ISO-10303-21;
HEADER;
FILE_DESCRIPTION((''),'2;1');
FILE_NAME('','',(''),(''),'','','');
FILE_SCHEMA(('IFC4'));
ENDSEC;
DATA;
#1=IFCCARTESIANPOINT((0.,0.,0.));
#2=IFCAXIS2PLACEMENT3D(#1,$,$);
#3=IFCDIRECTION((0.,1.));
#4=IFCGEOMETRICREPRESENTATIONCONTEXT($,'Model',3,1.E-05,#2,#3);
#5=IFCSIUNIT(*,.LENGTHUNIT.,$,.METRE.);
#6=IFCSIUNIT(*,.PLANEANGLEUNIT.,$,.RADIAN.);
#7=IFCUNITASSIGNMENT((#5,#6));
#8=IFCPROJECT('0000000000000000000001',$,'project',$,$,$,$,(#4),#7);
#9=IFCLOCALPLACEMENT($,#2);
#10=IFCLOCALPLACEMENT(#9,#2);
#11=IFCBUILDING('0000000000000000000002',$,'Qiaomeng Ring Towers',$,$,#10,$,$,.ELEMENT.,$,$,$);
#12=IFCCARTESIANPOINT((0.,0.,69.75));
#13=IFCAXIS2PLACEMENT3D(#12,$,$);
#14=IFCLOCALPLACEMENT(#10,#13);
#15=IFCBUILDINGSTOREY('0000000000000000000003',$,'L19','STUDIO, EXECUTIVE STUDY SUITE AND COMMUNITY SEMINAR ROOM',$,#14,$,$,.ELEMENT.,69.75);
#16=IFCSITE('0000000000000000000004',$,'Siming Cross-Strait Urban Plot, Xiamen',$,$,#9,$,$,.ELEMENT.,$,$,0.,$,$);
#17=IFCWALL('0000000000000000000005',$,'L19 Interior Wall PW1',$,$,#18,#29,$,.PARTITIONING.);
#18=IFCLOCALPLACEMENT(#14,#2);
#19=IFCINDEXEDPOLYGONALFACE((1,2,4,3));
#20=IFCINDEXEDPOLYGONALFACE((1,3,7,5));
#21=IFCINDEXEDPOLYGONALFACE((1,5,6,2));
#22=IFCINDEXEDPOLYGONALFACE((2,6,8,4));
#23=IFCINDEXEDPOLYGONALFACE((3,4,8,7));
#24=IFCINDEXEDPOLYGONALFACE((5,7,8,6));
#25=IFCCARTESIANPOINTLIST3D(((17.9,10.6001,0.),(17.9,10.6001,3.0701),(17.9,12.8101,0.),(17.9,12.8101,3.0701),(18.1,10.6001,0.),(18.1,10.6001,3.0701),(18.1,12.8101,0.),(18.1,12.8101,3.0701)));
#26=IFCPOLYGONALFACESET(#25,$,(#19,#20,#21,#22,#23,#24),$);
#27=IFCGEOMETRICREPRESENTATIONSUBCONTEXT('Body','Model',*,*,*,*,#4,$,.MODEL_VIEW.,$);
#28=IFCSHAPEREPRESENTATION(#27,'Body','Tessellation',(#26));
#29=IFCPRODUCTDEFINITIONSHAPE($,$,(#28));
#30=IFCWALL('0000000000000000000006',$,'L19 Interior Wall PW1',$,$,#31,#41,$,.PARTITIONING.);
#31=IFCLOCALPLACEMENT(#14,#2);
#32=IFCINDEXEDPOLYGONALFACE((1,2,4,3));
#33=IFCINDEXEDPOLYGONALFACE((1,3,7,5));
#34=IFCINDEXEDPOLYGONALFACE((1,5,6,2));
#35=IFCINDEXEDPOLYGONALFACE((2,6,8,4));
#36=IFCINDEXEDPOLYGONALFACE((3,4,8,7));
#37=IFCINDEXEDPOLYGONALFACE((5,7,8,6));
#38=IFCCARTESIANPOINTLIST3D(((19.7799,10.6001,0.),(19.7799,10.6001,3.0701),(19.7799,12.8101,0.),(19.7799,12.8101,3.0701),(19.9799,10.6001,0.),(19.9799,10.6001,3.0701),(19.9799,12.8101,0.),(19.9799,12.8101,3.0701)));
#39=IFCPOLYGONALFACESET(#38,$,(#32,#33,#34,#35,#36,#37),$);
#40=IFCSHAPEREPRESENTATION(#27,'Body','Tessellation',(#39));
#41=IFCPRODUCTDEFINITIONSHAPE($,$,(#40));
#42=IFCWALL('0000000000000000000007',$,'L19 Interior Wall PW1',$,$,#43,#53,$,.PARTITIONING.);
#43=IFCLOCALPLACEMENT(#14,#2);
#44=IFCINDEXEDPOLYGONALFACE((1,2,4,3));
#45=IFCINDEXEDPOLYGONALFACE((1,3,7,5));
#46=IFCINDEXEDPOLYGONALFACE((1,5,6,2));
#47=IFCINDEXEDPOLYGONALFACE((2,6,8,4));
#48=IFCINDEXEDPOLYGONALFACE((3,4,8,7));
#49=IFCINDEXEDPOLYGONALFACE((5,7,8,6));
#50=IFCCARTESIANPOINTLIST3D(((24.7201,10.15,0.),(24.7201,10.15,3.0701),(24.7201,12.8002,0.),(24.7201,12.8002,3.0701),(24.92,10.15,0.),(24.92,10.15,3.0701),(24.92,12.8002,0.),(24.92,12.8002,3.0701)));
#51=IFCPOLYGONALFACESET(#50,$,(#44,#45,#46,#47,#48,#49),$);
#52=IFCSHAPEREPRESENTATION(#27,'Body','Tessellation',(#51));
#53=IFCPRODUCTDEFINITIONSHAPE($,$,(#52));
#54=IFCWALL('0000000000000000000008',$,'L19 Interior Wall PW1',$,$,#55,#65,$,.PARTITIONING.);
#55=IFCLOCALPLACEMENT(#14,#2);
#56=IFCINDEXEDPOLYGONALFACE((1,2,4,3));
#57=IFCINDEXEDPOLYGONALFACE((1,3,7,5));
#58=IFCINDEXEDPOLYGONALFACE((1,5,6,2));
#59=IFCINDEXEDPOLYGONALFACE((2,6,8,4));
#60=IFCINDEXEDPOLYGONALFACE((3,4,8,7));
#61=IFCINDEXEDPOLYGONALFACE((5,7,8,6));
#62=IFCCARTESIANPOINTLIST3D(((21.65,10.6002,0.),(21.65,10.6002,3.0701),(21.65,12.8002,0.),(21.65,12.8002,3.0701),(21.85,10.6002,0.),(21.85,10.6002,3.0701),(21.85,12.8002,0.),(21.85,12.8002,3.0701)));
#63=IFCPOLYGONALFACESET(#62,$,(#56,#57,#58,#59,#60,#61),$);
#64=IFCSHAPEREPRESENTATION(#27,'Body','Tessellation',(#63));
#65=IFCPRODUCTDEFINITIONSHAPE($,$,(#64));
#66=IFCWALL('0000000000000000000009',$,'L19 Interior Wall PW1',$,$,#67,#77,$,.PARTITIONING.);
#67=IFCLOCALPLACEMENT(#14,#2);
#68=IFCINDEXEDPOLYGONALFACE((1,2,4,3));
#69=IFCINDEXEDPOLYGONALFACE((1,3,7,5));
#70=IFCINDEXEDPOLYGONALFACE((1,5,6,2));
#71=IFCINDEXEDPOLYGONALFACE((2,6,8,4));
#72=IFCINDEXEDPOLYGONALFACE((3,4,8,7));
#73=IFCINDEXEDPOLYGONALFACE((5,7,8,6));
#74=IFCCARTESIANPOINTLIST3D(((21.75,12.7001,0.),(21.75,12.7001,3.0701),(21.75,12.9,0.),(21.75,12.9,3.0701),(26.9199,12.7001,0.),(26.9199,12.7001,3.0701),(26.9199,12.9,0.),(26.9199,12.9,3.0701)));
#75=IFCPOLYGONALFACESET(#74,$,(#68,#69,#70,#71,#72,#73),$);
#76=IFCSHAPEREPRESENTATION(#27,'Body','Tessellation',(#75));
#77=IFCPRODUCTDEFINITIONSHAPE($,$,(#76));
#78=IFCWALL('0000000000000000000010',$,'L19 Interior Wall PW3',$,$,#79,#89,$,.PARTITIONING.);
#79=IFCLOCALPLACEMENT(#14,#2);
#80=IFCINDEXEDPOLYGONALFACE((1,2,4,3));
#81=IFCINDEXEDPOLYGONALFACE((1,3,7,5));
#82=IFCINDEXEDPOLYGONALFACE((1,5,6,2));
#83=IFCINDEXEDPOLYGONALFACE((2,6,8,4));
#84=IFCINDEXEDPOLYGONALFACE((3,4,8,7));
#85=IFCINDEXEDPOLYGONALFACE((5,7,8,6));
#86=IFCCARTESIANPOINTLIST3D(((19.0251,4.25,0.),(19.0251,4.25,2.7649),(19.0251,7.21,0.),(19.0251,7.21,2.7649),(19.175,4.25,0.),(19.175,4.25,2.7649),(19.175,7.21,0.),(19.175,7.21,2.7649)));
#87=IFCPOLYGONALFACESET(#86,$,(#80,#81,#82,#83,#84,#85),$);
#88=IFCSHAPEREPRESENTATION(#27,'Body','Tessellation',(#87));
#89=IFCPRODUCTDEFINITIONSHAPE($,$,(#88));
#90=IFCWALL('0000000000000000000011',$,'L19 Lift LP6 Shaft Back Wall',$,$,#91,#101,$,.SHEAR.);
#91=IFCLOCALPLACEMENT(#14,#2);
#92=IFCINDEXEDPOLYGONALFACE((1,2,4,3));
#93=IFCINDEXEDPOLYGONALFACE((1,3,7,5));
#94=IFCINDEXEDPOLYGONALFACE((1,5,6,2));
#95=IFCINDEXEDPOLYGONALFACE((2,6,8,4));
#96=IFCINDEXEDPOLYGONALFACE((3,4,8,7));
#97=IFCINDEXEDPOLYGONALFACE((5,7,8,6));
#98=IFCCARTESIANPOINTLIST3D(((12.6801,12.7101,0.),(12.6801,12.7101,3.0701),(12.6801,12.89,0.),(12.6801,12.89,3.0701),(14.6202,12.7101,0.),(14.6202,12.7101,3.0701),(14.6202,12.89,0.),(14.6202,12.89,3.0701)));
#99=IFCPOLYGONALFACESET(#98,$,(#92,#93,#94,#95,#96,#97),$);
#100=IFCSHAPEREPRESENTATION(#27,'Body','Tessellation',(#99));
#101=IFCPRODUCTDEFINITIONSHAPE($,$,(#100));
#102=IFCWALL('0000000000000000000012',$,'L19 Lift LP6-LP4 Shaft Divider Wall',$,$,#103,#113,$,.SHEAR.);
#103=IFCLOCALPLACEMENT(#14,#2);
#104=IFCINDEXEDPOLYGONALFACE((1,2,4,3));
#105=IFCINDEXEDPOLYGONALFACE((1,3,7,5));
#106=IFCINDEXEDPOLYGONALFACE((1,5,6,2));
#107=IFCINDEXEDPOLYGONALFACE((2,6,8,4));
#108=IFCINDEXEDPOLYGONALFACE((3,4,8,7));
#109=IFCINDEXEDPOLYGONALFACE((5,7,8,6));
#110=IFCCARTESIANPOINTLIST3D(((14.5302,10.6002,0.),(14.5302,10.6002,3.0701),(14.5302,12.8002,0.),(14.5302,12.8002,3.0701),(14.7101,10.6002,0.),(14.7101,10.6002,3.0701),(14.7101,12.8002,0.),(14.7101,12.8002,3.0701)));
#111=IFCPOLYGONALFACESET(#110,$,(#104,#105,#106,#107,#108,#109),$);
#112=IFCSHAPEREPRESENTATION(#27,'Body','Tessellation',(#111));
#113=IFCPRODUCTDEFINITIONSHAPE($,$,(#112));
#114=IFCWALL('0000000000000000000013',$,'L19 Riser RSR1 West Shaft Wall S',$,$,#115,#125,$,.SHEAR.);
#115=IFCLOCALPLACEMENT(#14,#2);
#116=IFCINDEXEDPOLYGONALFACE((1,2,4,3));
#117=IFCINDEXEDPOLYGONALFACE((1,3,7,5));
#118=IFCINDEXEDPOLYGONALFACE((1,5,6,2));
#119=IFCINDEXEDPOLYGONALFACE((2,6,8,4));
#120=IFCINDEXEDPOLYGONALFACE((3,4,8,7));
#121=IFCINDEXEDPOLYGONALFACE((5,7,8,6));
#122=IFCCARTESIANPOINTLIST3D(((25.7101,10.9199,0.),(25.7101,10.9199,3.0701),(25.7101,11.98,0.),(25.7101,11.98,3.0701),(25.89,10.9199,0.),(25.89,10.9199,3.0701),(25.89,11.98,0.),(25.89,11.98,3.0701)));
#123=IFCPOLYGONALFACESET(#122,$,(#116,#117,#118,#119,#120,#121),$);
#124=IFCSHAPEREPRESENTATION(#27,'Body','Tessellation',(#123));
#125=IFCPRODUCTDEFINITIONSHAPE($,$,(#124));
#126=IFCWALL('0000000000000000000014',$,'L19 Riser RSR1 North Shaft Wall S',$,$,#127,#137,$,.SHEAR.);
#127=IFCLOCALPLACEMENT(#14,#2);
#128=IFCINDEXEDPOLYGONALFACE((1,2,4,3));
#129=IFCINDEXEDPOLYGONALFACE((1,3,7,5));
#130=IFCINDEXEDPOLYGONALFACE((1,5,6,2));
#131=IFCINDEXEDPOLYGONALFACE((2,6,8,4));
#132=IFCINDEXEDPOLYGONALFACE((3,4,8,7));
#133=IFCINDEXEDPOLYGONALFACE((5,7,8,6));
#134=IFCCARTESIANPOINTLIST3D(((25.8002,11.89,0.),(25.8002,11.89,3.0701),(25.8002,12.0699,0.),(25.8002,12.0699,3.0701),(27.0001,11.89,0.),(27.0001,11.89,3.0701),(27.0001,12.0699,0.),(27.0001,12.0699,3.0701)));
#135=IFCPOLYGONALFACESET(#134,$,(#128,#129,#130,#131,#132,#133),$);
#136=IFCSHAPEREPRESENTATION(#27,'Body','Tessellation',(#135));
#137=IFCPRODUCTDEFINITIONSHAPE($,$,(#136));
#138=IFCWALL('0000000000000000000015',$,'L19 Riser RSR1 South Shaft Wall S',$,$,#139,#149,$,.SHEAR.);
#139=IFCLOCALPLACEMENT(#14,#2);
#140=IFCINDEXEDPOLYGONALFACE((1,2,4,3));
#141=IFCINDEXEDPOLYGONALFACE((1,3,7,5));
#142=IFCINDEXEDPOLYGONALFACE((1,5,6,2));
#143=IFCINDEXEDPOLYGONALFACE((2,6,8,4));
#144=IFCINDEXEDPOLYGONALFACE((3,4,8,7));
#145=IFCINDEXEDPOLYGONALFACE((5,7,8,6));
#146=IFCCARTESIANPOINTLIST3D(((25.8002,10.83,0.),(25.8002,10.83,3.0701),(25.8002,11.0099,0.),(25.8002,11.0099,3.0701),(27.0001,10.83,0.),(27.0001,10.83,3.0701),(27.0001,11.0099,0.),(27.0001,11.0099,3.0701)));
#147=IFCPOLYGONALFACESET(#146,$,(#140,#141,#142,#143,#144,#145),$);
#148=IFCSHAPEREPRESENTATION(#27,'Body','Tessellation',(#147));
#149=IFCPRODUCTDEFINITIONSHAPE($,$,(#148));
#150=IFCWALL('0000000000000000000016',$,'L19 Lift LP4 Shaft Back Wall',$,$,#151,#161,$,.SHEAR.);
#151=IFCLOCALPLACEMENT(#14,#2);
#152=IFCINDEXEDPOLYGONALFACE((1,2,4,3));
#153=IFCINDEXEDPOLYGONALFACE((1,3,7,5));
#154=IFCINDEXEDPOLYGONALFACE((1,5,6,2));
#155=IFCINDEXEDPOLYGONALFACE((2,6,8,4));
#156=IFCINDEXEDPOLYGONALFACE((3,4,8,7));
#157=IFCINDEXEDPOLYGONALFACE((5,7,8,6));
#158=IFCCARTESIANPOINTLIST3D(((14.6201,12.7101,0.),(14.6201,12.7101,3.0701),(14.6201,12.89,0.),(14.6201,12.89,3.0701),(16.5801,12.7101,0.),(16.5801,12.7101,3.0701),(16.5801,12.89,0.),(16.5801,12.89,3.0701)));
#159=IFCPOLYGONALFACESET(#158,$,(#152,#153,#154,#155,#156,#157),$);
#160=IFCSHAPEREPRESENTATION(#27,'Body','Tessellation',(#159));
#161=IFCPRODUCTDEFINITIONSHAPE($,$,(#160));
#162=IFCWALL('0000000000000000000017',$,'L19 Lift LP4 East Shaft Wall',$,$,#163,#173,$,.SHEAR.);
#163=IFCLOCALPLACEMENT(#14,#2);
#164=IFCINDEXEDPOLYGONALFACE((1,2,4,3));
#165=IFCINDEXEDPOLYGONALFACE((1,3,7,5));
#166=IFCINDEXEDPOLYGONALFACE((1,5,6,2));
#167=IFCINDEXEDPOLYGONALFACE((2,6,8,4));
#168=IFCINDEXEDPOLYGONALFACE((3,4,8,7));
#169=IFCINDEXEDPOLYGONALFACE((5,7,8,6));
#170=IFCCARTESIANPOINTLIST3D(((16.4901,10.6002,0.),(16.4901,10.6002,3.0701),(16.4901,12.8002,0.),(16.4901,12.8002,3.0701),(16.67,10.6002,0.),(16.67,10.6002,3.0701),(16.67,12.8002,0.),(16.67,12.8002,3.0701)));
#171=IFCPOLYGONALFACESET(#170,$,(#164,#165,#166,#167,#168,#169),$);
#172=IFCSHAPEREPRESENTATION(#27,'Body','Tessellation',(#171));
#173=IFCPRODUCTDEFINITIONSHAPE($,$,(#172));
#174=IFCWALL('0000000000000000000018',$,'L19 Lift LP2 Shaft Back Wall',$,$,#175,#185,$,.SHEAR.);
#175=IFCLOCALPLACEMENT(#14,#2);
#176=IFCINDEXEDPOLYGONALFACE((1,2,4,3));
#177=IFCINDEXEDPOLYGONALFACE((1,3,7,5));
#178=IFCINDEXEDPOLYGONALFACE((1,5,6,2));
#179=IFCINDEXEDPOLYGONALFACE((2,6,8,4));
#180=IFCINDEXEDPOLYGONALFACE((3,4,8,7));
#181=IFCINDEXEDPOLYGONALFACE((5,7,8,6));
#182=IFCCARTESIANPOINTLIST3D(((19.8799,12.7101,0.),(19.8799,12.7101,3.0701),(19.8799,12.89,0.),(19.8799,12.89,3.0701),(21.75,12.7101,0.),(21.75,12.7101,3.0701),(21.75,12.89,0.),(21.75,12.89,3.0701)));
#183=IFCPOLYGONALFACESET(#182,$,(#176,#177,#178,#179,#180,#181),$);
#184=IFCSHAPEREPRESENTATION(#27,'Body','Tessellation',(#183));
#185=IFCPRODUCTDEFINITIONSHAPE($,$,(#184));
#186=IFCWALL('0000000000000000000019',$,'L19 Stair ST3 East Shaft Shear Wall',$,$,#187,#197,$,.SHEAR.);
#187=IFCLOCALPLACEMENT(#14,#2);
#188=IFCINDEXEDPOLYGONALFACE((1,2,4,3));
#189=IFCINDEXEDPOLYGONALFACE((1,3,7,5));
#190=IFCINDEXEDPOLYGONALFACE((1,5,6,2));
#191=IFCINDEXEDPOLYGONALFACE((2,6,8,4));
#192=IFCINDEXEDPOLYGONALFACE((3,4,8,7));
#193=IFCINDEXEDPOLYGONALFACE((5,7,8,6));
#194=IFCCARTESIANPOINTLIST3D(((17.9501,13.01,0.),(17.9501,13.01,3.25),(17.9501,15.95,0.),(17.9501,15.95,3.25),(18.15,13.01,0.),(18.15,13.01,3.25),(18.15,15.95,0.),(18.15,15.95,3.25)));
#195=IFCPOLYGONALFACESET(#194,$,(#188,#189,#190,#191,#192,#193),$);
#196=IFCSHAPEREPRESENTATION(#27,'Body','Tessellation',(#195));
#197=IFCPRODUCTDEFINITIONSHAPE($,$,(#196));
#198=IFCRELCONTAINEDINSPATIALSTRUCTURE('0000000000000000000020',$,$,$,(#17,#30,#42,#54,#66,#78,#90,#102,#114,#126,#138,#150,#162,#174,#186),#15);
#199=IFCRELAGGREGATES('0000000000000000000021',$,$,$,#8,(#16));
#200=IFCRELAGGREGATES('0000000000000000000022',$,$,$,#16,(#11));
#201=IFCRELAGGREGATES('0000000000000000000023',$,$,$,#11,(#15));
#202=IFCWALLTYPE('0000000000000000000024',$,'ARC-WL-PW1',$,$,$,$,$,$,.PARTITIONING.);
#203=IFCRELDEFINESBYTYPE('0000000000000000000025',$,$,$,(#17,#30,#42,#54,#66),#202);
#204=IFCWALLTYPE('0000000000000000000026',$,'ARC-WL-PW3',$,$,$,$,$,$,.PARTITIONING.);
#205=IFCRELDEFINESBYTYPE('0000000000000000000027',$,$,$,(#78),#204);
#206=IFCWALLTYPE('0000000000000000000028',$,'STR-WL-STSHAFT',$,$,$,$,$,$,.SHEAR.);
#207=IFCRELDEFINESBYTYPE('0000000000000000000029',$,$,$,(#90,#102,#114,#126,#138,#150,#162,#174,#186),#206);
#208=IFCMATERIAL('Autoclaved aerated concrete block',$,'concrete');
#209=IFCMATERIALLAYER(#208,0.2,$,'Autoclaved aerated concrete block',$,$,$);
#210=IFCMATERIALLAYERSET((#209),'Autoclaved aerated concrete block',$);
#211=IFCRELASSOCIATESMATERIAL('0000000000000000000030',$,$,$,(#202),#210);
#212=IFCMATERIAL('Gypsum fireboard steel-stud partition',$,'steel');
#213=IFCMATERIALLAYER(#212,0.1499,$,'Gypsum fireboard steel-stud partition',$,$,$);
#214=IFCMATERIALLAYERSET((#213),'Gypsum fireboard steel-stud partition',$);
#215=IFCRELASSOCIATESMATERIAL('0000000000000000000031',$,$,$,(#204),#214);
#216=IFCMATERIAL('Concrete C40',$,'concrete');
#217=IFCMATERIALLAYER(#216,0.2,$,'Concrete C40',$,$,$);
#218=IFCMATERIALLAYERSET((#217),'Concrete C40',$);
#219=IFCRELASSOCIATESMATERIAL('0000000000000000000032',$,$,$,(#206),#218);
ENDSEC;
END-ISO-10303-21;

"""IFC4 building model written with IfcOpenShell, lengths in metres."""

from ifc_helpers import new_model, si_unit, direction, frame, frame_2d, origin, place, context, subcontext, project, spatial, rectangle, extrude, material, layer, layer_set, type_object, element, save


model = new_model("IFC4")

# Units and contexts
model_context = context("Model", 3, precision=1e-05, world=origin(), true_north=direction((0.0, 1.0)))
body_context = subcontext(model_context, "Body", "Model", "MODEL_VIEW")
ifc_project = project(units=[si_unit("LENGTHUNIT", "METRE"), si_unit("PLANEANGLEUNIT", "RADIAN")], contexts=[model_context])

# Site, building, storey
site_placement = place(None, origin())
site = spatial("IfcSite", under=ifc_project, at=site_placement, Name="Siming Cross-Strait Urban Plot, Xiamen", CompositionType="ELEMENT", RefElevation=0.0)
building_placement = place(site_placement, origin())
building = spatial("IfcBuilding", under=site, at=building_placement, Name="Qiaomeng Ring Towers", CompositionType="ELEMENT")
storey_placement = place(building_placement, frame((0.0, 0.0, 69.75)))
storey = spatial("IfcBuildingStorey", under=building, at=storey_placement, Name="L19", Description="STUDIO, EXECUTIVE STUDY SUITE AND COMMUNITY SEMINAR ROOM", CompositionType="ELEMENT", Elevation=69.75)

# Walls
ifc_material_1 = material(Name="Autoclaved aerated concrete block", Category="concrete")
ifc_layer_1 = layer(ifc_material_1, 0.2, Name="Autoclaved aerated concrete block")
ifc_layer_set_1 = layer_set([ifc_layer_1], Name="Autoclaved aerated concrete block")
wall_type_1 = type_object("IfcWallType", Name="ARC-WL-PW1", PredefinedType="PARTITIONING", material=ifc_layer_set_1)
for number, where, z_axis, x_axis, name in (
    (1, (18.0, 10.6001, 0.0), (0.0, 0.0, 1.0), (0.0, 1.0, 0.0), "L19 Interior Wall PW1"),
    (2, (19.8799, 10.6001, 0.0), (0.0, 0.0, 1.0), (0.0, 1.0, 0.0), "L19 Interior Wall PW1"),
):
    element("IfcWall", number, at=place(storey_placement, frame(where, z_axis=z_axis, x_axis=x_axis)), inside=storey, type_object=wall_type_1, Name=name, PredefinedType="PARTITIONING", context=body_context, shape_type="SweptSolid", body=[
        extrude(rectangle(XDim=2.21, YDim=0.2, at=frame_2d((1.105, 0.0))), origin(), (0.0, 0.0, 1.0), 3.0701),
    ])
wall_1_placement = place(storey_placement, frame((24.8201, 10.1499, 0.0), z_axis=(0.0, 0.0, 1.0), x_axis=(0.0, 1.0, 0.0)))
element("IfcWall", 3, at=wall_1_placement, inside=storey, type_object=wall_type_1, Name="L19 Interior Wall PW1", PredefinedType="PARTITIONING", context=body_context, shape_type="SweptSolid", body=[
    extrude(rectangle(XDim=2.6501, YDim=0.2, at=frame_2d((1.3252, 0.0))), origin(), (0.0, 0.0, 1.0), 3.0701),
])
wall_2_placement = place(storey_placement, frame((21.75, 10.6001, 0.0), z_axis=(0.0, 0.0, 1.0), x_axis=(0.0, 1.0, 0.0)))
element("IfcWall", 4, at=wall_2_placement, inside=storey, type_object=wall_type_1, Name="L19 Interior Wall PW1", PredefinedType="PARTITIONING", context=body_context, shape_type="SweptSolid", body=[
    extrude(rectangle(XDim=2.2, YDim=0.2, at=frame_2d((1.1001, 0.0))), origin(), (0.0, 0.0, 1.0), 3.0701),
])
wall_3_placement = place(storey_placement, frame((21.75, 12.8, 0.0), z_axis=(0.0, 0.0, 1.0), x_axis=(1.0, 0.0, 0.0)))
element("IfcWall", 5, at=wall_3_placement, inside=storey, type_object=wall_type_1, Name="L19 Interior Wall PW1", PredefinedType="PARTITIONING", context=body_context, shape_type="SweptSolid", body=[
    extrude(rectangle(XDim=5.1699, YDim=0.2, at=frame_2d((2.585, 0.0))), origin(), (0.0, 0.0, 1.0), 3.0701),
])
ifc_material_2 = material(Name="Gypsum fireboard steel-stud partition", Category="steel")
ifc_layer_2 = layer(ifc_material_2, 0.1499, Name="Gypsum fireboard steel-stud partition")
ifc_layer_set_2 = layer_set([ifc_layer_2], Name="Gypsum fireboard steel-stud partition")
wall_type_2 = type_object("IfcWallType", Name="ARC-WL-PW3", PredefinedType="PARTITIONING", material=ifc_layer_set_2)
wall_4_placement = place(storey_placement, frame((19.1001, 4.25, 0.0), z_axis=(0.0, 0.0, 1.0), x_axis=(0.0, 1.0, 0.0)))
element("IfcWall", 6, at=wall_4_placement, inside=storey, type_object=wall_type_2, Name="L19 Interior Wall PW3", PredefinedType="PARTITIONING", context=body_context, shape_type="SweptSolid", body=[
    extrude(rectangle(XDim=2.96, YDim=0.1499, at=frame_2d((1.48, 0.0))), origin(), (0.0, 0.0, 1.0), 2.7649),
])
ifc_material_3 = material(Name="Concrete C40", Category="concrete")
ifc_layer_3 = layer(ifc_material_3, 0.2, Name="Concrete C40")
ifc_layer_set_3 = layer_set([ifc_layer_3], Name="Concrete C40")
wall_type_3 = type_object("IfcWallType", Name="STR-WL-STSHAFT", PredefinedType="SHEAR", material=ifc_layer_set_3)
wall_5_placement = place(storey_placement, frame((12.6799, 12.8, 0.0), z_axis=(0.0, 0.0, 1.0), x_axis=(1.0, 0.0, 0.0)))
element("IfcWall", 7, at=wall_5_placement, inside=storey, type_object=wall_type_3, Name="L19 Lift LP6 Shaft Back Wall", PredefinedType="SHEAR", context=body_context, shape_type="SweptSolid", body=[
    extrude(rectangle(XDim=1.9402, YDim=0.1799, at=frame_2d((0.9702, 0.0))), origin(), (0.0, 0.0, 1.0), 3.0701),
])
wall_6_placement = place(storey_placement, frame((14.6201, 10.6001, 0.0), z_axis=(0.0, 0.0, 1.0), x_axis=(0.0, 1.0, 0.0)))
element("IfcWall", 8, at=wall_6_placement, inside=storey, type_object=wall_type_3, Name="L19 Lift LP6-LP4 Shaft Divider Wall", PredefinedType="SHEAR", context=body_context, shape_type="SweptSolid", body=[
    extrude(rectangle(XDim=2.2, YDim=0.1799, at=frame_2d((1.1001, 0.0))), origin(), (0.0, 0.0, 1.0), 3.0701),
])
wall_7_placement = place(storey_placement, frame((25.8, 10.9199, 0.0), z_axis=(0.0, 0.0, 1.0), x_axis=(0.0, 1.0, 0.0)))
element("IfcWall", 9, at=wall_7_placement, inside=storey, type_object=wall_type_3, Name="L19 Riser RSR1 West Shaft Wall S", PredefinedType="SHEAR", context=body_context, shape_type="SweptSolid", body=[
    extrude(rectangle(XDim=1.0601, YDim=0.1799, at=frame_2d((0.53, 0.0))), origin(), (0.0, 0.0, 1.0), 3.0701),
])
for number, where, z_axis, x_axis, name in (
    (10, (25.8, 11.98, 0.0), (0.0, 0.0, 1.0), (1.0, 0.0, 0.0), "L19 Riser RSR1 North Shaft Wall S"),
    (11, (25.8, 10.9199, 0.0), (0.0, 0.0, 1.0), (1.0, 0.0, 0.0), "L19 Riser RSR1 South Shaft Wall S"),
):
    element("IfcWall", number, at=place(storey_placement, frame(where, z_axis=z_axis, x_axis=x_axis)), inside=storey, type_object=wall_type_3, Name=name, PredefinedType="SHEAR", context=body_context, shape_type="SweptSolid", body=[
        extrude(rectangle(XDim=1.2, YDim=0.1799, at=frame_2d((0.6001, 0.0))), origin(), (0.0, 0.0, 1.0), 3.0701),
    ])
wall_8_placement = place(storey_placement, frame((14.6201, 12.8, 0.0), z_axis=(0.0, 0.0, 1.0), x_axis=(1.0, 0.0, 0.0)))
element("IfcWall", 12, at=wall_8_placement, inside=storey, type_object=wall_type_3, Name="L19 Lift LP4 Shaft Back Wall", PredefinedType="SHEAR", context=body_context, shape_type="SweptSolid", body=[
    extrude(rectangle(XDim=1.96, YDim=0.1799, at=frame_2d((0.98, 0.0))), origin(), (0.0, 0.0, 1.0), 3.0701),
])
wall_9_placement = place(storey_placement, frame((16.5801, 10.6001, 0.0), z_axis=(0.0, 0.0, 1.0), x_axis=(0.0, 1.0, 0.0)))
element("IfcWall", 13, at=wall_9_placement, inside=storey, type_object=wall_type_3, Name="L19 Lift LP4 East Shaft Wall", PredefinedType="SHEAR", context=body_context, shape_type="SweptSolid", body=[
    extrude(rectangle(XDim=2.2, YDim=0.1799, at=frame_2d((1.1001, 0.0))), origin(), (0.0, 0.0, 1.0), 3.0701),
])
wall_10_placement = place(storey_placement, frame((19.8799, 12.8, 0.0), z_axis=(0.0, 0.0, 1.0), x_axis=(1.0, 0.0, 0.0)))
element("IfcWall", 14, at=wall_10_placement, inside=storey, type_object=wall_type_3, Name="L19 Lift LP2 Shaft Back Wall", PredefinedType="SHEAR", context=body_context, shape_type="SweptSolid", body=[
    extrude(rectangle(XDim=1.8701, YDim=0.1799, at=frame_2d((0.9351, 0.0))), origin(), (0.0, 0.0, 1.0), 3.0701),
])
wall_11_placement = place(storey_placement, frame((18.05, 13.01, 0.0), z_axis=(0.0, 0.0, 1.0), x_axis=(0.0, 1.0, 0.0)))
element("IfcWall", 15, at=wall_11_placement, inside=storey, type_object=wall_type_3, Name="L19 Stair ST3 East Shaft Shear Wall", PredefinedType="SHEAR", context=body_context, shape_type="SweptSolid", body=[
    extrude(rectangle(XDim=2.9399, YDim=0.2, at=frame_2d((1.47, 0.0))), origin(), (0.0, 0.0, 1.0), 3.25),
])

save(model, "model.ifc")
